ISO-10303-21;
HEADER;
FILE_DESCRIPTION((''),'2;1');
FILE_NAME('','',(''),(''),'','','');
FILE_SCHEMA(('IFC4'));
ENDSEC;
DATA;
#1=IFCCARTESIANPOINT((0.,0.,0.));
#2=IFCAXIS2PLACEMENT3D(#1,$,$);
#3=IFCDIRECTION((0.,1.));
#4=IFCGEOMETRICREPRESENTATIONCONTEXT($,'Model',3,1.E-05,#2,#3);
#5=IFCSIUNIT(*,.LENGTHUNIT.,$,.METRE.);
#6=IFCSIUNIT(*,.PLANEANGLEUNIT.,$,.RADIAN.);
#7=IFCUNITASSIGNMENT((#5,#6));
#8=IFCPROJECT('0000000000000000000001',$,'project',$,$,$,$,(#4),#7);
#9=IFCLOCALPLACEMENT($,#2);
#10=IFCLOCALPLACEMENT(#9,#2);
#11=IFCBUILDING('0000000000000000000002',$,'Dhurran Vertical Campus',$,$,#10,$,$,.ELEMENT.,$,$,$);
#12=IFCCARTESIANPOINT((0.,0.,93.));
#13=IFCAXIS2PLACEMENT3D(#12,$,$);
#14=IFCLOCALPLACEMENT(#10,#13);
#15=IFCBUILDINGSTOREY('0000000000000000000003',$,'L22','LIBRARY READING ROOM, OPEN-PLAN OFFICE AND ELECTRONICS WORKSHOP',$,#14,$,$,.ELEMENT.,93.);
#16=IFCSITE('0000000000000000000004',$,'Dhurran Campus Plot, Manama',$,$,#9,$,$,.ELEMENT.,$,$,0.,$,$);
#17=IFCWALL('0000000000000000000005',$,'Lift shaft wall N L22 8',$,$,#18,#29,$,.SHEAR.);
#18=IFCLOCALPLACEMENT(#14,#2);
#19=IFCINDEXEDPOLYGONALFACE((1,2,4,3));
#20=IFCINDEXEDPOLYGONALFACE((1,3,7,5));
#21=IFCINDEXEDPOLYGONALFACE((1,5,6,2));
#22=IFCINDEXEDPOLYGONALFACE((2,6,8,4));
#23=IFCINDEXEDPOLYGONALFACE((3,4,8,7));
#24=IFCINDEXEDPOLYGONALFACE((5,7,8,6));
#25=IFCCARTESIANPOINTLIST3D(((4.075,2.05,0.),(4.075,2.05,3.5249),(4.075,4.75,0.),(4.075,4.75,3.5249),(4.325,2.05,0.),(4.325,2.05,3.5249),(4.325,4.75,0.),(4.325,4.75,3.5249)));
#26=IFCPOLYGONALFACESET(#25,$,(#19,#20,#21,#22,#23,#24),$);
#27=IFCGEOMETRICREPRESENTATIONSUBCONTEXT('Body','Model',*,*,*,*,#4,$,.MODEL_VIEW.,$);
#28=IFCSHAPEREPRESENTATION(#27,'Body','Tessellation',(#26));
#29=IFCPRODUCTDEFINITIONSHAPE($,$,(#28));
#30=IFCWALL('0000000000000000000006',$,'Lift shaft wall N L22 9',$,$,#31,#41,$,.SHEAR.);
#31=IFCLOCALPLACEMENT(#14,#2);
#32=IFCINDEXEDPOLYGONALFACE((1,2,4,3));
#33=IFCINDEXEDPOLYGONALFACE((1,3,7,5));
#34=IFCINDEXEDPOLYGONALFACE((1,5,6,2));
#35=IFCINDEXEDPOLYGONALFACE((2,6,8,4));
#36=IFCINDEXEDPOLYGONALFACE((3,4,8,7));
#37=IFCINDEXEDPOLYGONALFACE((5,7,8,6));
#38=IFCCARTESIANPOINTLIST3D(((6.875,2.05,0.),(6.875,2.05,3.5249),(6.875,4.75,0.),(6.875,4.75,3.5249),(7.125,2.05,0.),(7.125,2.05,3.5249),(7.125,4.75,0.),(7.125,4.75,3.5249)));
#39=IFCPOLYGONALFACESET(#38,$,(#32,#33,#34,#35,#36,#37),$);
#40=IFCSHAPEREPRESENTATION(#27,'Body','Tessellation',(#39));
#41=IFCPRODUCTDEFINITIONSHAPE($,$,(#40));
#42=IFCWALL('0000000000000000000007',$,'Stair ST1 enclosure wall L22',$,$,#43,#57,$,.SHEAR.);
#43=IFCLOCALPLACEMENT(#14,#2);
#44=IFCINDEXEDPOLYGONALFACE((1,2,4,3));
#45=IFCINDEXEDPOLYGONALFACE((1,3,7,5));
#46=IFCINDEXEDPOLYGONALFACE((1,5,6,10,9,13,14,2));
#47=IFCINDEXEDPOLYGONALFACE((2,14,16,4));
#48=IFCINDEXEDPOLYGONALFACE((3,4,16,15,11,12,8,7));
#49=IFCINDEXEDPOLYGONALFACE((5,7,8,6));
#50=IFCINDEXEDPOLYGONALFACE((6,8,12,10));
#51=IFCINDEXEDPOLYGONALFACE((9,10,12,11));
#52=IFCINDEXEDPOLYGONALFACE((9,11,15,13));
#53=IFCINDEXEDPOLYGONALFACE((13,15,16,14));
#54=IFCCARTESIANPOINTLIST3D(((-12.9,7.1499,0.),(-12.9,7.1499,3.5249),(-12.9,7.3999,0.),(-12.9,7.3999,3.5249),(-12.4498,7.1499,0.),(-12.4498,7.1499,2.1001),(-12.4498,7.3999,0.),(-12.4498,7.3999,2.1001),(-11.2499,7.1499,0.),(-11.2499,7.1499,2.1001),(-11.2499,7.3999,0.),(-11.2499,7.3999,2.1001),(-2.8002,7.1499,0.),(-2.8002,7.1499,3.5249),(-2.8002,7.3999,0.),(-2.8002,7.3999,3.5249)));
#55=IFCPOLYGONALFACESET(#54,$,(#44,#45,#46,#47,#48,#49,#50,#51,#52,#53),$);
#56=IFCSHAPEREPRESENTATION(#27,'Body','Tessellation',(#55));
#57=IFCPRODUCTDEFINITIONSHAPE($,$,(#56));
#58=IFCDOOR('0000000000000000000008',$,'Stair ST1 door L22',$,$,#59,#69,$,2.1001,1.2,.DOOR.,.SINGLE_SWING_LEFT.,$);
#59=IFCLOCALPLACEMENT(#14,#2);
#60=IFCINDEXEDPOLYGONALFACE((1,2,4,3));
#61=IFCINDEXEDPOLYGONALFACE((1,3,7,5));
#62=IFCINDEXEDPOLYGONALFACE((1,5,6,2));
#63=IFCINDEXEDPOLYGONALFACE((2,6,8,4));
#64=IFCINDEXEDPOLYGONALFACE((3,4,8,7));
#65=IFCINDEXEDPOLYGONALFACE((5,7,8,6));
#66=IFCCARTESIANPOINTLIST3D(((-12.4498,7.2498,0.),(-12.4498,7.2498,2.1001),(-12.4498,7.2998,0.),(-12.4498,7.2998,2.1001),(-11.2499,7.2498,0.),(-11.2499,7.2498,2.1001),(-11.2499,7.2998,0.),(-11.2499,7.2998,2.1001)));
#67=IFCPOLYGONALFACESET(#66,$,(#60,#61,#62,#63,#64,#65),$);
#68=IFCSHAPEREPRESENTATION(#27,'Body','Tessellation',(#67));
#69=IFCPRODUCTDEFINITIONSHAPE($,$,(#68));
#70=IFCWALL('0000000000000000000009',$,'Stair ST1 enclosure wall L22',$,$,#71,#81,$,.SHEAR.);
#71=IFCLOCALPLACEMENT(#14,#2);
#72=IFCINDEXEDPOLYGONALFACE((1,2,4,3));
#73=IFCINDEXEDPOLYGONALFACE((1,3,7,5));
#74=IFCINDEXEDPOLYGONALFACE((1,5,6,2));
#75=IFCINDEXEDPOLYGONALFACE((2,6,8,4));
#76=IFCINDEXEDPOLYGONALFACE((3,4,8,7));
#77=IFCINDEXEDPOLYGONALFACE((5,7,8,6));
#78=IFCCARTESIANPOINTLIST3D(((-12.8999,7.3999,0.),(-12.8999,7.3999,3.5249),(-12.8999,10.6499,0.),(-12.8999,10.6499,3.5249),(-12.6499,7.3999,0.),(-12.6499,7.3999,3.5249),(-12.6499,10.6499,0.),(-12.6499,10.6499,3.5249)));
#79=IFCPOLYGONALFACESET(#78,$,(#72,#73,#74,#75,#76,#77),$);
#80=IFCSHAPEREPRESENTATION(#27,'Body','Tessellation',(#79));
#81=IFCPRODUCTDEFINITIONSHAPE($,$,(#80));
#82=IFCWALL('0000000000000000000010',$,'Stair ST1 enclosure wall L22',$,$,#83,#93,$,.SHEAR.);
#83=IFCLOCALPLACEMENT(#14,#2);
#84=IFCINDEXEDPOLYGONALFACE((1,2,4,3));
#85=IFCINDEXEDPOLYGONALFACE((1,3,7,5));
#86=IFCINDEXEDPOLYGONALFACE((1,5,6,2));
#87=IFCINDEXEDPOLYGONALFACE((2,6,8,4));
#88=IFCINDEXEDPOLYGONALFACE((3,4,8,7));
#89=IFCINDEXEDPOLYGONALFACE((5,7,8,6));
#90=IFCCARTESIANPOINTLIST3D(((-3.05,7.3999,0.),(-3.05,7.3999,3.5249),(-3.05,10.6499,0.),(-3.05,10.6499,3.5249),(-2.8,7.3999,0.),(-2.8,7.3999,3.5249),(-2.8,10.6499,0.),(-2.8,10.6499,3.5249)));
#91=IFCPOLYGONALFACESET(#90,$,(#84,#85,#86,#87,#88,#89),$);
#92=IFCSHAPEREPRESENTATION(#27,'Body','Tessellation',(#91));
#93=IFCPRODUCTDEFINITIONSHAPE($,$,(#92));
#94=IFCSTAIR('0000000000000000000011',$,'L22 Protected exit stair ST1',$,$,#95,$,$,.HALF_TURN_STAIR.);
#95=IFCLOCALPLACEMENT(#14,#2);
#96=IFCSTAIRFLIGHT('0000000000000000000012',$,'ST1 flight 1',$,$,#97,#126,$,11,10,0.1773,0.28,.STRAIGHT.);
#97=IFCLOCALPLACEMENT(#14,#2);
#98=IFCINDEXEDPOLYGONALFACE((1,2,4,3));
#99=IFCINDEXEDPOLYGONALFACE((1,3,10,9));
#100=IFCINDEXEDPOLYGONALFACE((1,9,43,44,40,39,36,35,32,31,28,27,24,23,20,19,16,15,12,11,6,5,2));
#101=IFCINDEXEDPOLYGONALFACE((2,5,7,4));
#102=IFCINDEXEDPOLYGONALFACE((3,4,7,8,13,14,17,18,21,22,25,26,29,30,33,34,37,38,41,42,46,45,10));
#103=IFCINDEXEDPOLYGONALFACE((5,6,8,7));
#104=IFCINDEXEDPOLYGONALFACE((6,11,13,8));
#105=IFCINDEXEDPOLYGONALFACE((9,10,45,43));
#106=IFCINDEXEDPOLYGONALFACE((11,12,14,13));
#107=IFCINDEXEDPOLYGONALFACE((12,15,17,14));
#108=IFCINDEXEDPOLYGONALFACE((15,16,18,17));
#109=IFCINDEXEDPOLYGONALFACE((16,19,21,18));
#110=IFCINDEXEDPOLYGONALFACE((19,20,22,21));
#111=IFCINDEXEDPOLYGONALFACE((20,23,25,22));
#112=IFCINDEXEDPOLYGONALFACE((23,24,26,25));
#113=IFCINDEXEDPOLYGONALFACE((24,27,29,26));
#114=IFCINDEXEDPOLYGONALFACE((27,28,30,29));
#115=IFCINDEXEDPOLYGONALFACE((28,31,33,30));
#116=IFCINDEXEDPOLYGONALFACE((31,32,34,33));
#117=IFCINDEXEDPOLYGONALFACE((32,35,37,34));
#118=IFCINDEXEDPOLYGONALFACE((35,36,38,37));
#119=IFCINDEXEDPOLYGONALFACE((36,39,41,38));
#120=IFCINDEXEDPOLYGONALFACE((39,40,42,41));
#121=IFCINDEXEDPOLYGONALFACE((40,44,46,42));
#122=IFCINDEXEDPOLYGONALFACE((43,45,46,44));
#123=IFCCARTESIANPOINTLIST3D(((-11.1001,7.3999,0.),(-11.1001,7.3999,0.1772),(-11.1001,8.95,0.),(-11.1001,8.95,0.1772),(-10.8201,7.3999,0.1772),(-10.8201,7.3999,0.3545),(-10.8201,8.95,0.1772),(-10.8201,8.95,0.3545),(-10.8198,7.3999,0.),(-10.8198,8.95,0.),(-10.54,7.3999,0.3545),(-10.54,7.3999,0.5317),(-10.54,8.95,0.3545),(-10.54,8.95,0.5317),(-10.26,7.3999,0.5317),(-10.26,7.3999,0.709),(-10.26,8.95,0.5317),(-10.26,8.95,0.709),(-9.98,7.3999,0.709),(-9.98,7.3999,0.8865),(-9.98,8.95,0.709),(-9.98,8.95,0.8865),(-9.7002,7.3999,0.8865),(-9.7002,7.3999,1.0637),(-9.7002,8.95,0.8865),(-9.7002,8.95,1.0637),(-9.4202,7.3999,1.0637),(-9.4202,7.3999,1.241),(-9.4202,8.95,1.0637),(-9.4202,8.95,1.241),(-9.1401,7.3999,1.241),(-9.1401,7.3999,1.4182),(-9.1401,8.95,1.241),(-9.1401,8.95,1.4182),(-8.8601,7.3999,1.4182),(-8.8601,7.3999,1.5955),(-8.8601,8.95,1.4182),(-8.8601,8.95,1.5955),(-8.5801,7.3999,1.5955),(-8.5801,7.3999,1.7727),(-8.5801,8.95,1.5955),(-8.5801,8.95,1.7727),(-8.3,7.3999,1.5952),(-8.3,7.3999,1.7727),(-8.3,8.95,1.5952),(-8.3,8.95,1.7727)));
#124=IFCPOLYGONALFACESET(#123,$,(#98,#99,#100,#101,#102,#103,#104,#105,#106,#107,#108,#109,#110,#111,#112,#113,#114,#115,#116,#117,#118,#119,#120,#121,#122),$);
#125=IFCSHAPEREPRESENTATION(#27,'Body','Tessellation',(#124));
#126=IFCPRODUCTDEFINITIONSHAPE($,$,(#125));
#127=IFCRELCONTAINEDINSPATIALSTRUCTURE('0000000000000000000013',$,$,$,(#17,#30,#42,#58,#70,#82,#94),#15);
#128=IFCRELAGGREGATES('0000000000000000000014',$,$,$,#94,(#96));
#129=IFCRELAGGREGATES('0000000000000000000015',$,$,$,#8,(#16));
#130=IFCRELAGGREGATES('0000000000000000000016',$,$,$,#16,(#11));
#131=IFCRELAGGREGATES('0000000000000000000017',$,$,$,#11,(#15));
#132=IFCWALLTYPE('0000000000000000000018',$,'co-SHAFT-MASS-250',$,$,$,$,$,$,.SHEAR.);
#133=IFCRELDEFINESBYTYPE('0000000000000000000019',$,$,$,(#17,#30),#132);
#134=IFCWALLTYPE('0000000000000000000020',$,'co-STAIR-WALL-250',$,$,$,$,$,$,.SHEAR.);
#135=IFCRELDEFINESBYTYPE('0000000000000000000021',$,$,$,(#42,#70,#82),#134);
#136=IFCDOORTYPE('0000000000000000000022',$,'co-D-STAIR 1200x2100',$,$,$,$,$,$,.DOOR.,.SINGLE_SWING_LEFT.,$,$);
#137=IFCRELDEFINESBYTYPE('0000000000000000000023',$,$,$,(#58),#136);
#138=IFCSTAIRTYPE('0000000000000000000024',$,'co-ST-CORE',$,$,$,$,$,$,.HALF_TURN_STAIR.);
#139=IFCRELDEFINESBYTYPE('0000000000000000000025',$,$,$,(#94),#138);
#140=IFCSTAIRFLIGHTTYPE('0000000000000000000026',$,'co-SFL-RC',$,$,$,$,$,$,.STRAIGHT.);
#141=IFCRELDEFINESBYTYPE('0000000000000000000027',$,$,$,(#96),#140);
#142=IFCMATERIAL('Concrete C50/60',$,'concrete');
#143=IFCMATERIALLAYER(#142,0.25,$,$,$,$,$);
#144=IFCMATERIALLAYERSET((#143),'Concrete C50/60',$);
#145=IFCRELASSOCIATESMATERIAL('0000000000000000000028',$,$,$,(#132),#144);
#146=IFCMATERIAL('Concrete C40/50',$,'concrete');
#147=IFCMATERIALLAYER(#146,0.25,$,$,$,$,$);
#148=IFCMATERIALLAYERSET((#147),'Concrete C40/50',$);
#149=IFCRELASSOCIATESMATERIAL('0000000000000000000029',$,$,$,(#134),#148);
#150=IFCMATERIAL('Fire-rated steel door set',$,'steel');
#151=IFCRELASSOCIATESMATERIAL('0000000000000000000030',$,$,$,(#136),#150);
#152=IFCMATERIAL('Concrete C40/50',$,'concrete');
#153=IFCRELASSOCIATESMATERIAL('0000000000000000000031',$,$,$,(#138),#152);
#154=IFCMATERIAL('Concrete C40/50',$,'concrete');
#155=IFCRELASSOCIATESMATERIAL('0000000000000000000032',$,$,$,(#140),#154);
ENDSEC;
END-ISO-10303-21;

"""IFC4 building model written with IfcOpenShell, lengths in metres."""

from ifc_helpers import new_model, si_unit, direction, frame, frame_2d, origin, place, context, subcontext, project, spatial, polyline, rectangle, outline, extrude, material, layer, layer_set, type_object, element, fill, aggregate, save


model = new_model("IFC4")

# Units and contexts
model_context = context("Model", 3, precision=1e-05, world=origin(), true_north=direction((0.0, 1.0)))
body_context = subcontext(model_context, "Body", "Model", "MODEL_VIEW")
ifc_project = project(units=[si_unit("LENGTHUNIT", "METRE"), si_unit("PLANEANGLEUNIT", "RADIAN")], contexts=[model_context])

# Site, building, storey
site_placement = place(None, origin())
site = spatial("IfcSite", under=ifc_project, at=site_placement, Name="Dhurran Campus Plot, Manama", CompositionType="ELEMENT", RefElevation=0.0)
building_placement = place(site_placement, origin())
building = spatial("IfcBuilding", under=site, at=building_placement, Name="Dhurran Vertical Campus", CompositionType="ELEMENT")
storey_placement = place(building_placement, frame((0.0, 0.0, 93.0)))
storey = spatial("IfcBuildingStorey", under=building, at=storey_placement, Name="L22", Description="LIBRARY READING ROOM, OPEN-PLAN OFFICE AND ELECTRONICS WORKSHOP", CompositionType="ELEMENT", Elevation=93.0)

# Walls
ifc_material_1 = material(Name="Concrete C50/60", Category="concrete")
ifc_layer_1 = layer(ifc_material_1, 0.25)
ifc_layer_set_1 = layer_set([ifc_layer_1], Name="Concrete C50/60")
wall_type_1 = type_object("IfcWallType", Name="co-SHAFT-MASS-250", PredefinedType="SHEAR", material=ifc_layer_set_1)
wall_1_placement = place(storey_placement, origin())
element("IfcWall", 1, at=wall_1_placement, inside=storey, type_object=wall_type_1, Name="Lift shaft wall N L22 8", PredefinedType="SHEAR", context=body_context, shape_type="SweptSolid", body=[
    extrude(outline(polyline([(4.075, 2.05), (4.325, 2.05), (4.325, 4.75), (4.075, 4.75), (4.075, 2.05)])), origin(), (0.0, 0.0, 1.0), 3.5249),
])
wall_2_placement = place(storey_placement, origin())
element("IfcWall", 2, at=wall_2_placement, inside=storey, type_object=wall_type_1, Name="Lift shaft wall N L22 9", PredefinedType="SHEAR", context=body_context, shape_type="SweptSolid", body=[
    extrude(outline(polyline([(6.875, 2.05), (7.125, 2.05), (7.125, 4.75), (6.875, 4.75), (6.875, 2.05)])), origin(), (0.0, 0.0, 1.0), 3.5249),
])

# Wall, opening, door
ifc_material_2 = material(Name="Concrete C40/50", Category="concrete")
ifc_layer_2 = layer(ifc_material_2, 0.25)
ifc_layer_set_2 = layer_set([ifc_layer_2], Name="Concrete C40/50")
wall_type_2 = type_object("IfcWallType", Name="co-STAIR-WALL-250", PredefinedType="SHEAR", material=ifc_layer_set_2)
wall_3_placement = place(storey_placement, frame((-12.8999, 7.2749, 0.0), z_axis=(0.0, 0.0, 1.0), x_axis=(1.0, 0.0, 0.0)))
wall_3 = element("IfcWall", 3, at=wall_3_placement, inside=storey, type_object=wall_type_2, Name="Stair ST1 enclosure wall L22", PredefinedType="SHEAR", context=body_context, shape_type="SweptSolid", body=[
    extrude(rectangle(XDim=10.0999, YDim=0.25, at=frame_2d((5.0498, 0.0))), origin(), (0.0, 0.0, 1.0), 3.5249),
])
opening_1_placement = place(wall_3_placement, frame((0.45, 0.0, 0.0)))
opening_1 = element("IfcOpeningElement", 4, at=opening_1_placement, cuts=wall_3, PredefinedType="OPENING", context=body_context, shape_type="SweptSolid", body=[
    extrude(rectangle(XDim=1.2, YDim=2.1001, at=frame_2d((0.6001, 1.05))), frame((0.0, 0.135, 0.0), z_axis=(0.0, -1.0, 0.0), x_axis=(1.0, 0.0, 0.0)), (0.0, 0.0, 1.0), 0.27),
])
ifc_material_3 = material(Name="Fire-rated steel door set", Category="steel")
door_type_1 = type_object("IfcDoorType", Name="co-D-STAIR 1200x2100", OperationType="SINGLE_SWING_LEFT", PredefinedType="DOOR", material=ifc_material_3)
door_1_placement = place(opening_1_placement, origin())
door_1 = element("IfcDoor", 5, at=door_1_placement, inside=storey, type_object=door_type_1, Name="Stair ST1 door L22", OperationType="SINGLE_SWING_LEFT", OverallHeight=2.1001, OverallWidth=1.2, PredefinedType="DOOR", context=body_context, shape_type="SweptSolid", body=[
    extrude(rectangle(XDim=1.2, YDim=2.1001, at=frame_2d((0.6001, 1.05))), frame((0.0, 0.0249, 0.0), z_axis=(0.0, -1.0, 0.0), x_axis=(1.0, 0.0, 0.0)), (0.0, 0.0, 1.0), 0.05),
])
fill(opening_1, door_1)

# Walls
for number, where, z_axis, x_axis, name in (
    (6, (-12.7749, 7.3999, 0.0), (0.0, 0.0, 1.0), (0.0, 1.0, 0.0), "Stair ST1 enclosure wall L22"),
    (7, (-2.925, 7.3999, 0.0), (0.0, 0.0, 1.0), (0.0, 1.0, 0.0), "Stair ST1 enclosure wall L22"),
):
    element("IfcWall", number, at=place(storey_placement, frame(where, z_axis=z_axis, x_axis=x_axis)), inside=storey, type_object=wall_type_2, Name=name, PredefinedType="SHEAR", context=body_context, shape_type="SweptSolid", body=[
        extrude(rectangle(XDim=3.25, YDim=0.25, at=frame_2d((1.625, 0.0))), origin(), (0.0, 0.0, 1.0), 3.5249),
    ])

# Stair, stair flight
ifc_material_4 = material(Name="Concrete C40/50", Category="concrete")
stair_type = type_object("IfcStairType", Name="co-ST-CORE", PredefinedType="HALF_TURN_STAIR", material=ifc_material_4)
stair_placement = place(storey_placement, origin())
stair = element("IfcStair", 8, at=stair_placement, inside=storey, type_object=stair_type, Name="L22 Protected exit stair ST1", PredefinedType="HALF_TURN_STAIR")
ifc_material_5 = material(Name="Concrete C40/50", Category="concrete")
stair_flight_type = type_object("IfcStairFlightType", Name="co-SFL-RC", PredefinedType="STRAIGHT", material=ifc_material_5)
stair_flight_placement = place(storey_placement, frame((-11.1001, 8.175, 0.0), z_axis=(0.0, 0.0, 1.0), x_axis=(1.0, 0.0, 0.0)))
stair_flight = element("IfcStairFlight", 9, at=stair_flight_placement, type_object=stair_flight_type, Name="ST1 flight 1", NumberOfRisers=11, NumberOfTreads=10, PredefinedType="STRAIGHT", RiserHeight=0.1773, TreadLength=0.28, context=body_context, shape_type="SweptSolid", body=[
    extrude(outline(polyline([(0.0, 0.0), (0.0, 0.1772), (0.28, 0.1772), (0.28, 0.3545), (0.5601, 0.3545), (0.5601, 0.5317), (0.8401, 0.5317), (0.8401, 0.709), (1.1201, 0.709), (1.1201, 0.8865), (1.3999, 0.8865), (1.3999, 1.0637), (1.6799, 1.0637), (1.6799, 1.241), (1.96, 1.241), (1.96, 1.4182), (2.24, 1.4182), (2.24, 1.5955), (2.52, 1.5955), (2.52, 1.7727), (2.8, 1.7727), (2.8, 1.95), (2.8, 1.5952), (0.2803, 0.0), (0.0, 0.0)])), frame((0.0, 0.7749, 0.0), z_axis=(0.0, -1.0, 0.0), x_axis=(1.0, 0.0, 0.0)), (0.0, 0.0, 1.0), 1.55),
])
aggregate(stair, [stair_flight])

save(model, "model.ifc")
